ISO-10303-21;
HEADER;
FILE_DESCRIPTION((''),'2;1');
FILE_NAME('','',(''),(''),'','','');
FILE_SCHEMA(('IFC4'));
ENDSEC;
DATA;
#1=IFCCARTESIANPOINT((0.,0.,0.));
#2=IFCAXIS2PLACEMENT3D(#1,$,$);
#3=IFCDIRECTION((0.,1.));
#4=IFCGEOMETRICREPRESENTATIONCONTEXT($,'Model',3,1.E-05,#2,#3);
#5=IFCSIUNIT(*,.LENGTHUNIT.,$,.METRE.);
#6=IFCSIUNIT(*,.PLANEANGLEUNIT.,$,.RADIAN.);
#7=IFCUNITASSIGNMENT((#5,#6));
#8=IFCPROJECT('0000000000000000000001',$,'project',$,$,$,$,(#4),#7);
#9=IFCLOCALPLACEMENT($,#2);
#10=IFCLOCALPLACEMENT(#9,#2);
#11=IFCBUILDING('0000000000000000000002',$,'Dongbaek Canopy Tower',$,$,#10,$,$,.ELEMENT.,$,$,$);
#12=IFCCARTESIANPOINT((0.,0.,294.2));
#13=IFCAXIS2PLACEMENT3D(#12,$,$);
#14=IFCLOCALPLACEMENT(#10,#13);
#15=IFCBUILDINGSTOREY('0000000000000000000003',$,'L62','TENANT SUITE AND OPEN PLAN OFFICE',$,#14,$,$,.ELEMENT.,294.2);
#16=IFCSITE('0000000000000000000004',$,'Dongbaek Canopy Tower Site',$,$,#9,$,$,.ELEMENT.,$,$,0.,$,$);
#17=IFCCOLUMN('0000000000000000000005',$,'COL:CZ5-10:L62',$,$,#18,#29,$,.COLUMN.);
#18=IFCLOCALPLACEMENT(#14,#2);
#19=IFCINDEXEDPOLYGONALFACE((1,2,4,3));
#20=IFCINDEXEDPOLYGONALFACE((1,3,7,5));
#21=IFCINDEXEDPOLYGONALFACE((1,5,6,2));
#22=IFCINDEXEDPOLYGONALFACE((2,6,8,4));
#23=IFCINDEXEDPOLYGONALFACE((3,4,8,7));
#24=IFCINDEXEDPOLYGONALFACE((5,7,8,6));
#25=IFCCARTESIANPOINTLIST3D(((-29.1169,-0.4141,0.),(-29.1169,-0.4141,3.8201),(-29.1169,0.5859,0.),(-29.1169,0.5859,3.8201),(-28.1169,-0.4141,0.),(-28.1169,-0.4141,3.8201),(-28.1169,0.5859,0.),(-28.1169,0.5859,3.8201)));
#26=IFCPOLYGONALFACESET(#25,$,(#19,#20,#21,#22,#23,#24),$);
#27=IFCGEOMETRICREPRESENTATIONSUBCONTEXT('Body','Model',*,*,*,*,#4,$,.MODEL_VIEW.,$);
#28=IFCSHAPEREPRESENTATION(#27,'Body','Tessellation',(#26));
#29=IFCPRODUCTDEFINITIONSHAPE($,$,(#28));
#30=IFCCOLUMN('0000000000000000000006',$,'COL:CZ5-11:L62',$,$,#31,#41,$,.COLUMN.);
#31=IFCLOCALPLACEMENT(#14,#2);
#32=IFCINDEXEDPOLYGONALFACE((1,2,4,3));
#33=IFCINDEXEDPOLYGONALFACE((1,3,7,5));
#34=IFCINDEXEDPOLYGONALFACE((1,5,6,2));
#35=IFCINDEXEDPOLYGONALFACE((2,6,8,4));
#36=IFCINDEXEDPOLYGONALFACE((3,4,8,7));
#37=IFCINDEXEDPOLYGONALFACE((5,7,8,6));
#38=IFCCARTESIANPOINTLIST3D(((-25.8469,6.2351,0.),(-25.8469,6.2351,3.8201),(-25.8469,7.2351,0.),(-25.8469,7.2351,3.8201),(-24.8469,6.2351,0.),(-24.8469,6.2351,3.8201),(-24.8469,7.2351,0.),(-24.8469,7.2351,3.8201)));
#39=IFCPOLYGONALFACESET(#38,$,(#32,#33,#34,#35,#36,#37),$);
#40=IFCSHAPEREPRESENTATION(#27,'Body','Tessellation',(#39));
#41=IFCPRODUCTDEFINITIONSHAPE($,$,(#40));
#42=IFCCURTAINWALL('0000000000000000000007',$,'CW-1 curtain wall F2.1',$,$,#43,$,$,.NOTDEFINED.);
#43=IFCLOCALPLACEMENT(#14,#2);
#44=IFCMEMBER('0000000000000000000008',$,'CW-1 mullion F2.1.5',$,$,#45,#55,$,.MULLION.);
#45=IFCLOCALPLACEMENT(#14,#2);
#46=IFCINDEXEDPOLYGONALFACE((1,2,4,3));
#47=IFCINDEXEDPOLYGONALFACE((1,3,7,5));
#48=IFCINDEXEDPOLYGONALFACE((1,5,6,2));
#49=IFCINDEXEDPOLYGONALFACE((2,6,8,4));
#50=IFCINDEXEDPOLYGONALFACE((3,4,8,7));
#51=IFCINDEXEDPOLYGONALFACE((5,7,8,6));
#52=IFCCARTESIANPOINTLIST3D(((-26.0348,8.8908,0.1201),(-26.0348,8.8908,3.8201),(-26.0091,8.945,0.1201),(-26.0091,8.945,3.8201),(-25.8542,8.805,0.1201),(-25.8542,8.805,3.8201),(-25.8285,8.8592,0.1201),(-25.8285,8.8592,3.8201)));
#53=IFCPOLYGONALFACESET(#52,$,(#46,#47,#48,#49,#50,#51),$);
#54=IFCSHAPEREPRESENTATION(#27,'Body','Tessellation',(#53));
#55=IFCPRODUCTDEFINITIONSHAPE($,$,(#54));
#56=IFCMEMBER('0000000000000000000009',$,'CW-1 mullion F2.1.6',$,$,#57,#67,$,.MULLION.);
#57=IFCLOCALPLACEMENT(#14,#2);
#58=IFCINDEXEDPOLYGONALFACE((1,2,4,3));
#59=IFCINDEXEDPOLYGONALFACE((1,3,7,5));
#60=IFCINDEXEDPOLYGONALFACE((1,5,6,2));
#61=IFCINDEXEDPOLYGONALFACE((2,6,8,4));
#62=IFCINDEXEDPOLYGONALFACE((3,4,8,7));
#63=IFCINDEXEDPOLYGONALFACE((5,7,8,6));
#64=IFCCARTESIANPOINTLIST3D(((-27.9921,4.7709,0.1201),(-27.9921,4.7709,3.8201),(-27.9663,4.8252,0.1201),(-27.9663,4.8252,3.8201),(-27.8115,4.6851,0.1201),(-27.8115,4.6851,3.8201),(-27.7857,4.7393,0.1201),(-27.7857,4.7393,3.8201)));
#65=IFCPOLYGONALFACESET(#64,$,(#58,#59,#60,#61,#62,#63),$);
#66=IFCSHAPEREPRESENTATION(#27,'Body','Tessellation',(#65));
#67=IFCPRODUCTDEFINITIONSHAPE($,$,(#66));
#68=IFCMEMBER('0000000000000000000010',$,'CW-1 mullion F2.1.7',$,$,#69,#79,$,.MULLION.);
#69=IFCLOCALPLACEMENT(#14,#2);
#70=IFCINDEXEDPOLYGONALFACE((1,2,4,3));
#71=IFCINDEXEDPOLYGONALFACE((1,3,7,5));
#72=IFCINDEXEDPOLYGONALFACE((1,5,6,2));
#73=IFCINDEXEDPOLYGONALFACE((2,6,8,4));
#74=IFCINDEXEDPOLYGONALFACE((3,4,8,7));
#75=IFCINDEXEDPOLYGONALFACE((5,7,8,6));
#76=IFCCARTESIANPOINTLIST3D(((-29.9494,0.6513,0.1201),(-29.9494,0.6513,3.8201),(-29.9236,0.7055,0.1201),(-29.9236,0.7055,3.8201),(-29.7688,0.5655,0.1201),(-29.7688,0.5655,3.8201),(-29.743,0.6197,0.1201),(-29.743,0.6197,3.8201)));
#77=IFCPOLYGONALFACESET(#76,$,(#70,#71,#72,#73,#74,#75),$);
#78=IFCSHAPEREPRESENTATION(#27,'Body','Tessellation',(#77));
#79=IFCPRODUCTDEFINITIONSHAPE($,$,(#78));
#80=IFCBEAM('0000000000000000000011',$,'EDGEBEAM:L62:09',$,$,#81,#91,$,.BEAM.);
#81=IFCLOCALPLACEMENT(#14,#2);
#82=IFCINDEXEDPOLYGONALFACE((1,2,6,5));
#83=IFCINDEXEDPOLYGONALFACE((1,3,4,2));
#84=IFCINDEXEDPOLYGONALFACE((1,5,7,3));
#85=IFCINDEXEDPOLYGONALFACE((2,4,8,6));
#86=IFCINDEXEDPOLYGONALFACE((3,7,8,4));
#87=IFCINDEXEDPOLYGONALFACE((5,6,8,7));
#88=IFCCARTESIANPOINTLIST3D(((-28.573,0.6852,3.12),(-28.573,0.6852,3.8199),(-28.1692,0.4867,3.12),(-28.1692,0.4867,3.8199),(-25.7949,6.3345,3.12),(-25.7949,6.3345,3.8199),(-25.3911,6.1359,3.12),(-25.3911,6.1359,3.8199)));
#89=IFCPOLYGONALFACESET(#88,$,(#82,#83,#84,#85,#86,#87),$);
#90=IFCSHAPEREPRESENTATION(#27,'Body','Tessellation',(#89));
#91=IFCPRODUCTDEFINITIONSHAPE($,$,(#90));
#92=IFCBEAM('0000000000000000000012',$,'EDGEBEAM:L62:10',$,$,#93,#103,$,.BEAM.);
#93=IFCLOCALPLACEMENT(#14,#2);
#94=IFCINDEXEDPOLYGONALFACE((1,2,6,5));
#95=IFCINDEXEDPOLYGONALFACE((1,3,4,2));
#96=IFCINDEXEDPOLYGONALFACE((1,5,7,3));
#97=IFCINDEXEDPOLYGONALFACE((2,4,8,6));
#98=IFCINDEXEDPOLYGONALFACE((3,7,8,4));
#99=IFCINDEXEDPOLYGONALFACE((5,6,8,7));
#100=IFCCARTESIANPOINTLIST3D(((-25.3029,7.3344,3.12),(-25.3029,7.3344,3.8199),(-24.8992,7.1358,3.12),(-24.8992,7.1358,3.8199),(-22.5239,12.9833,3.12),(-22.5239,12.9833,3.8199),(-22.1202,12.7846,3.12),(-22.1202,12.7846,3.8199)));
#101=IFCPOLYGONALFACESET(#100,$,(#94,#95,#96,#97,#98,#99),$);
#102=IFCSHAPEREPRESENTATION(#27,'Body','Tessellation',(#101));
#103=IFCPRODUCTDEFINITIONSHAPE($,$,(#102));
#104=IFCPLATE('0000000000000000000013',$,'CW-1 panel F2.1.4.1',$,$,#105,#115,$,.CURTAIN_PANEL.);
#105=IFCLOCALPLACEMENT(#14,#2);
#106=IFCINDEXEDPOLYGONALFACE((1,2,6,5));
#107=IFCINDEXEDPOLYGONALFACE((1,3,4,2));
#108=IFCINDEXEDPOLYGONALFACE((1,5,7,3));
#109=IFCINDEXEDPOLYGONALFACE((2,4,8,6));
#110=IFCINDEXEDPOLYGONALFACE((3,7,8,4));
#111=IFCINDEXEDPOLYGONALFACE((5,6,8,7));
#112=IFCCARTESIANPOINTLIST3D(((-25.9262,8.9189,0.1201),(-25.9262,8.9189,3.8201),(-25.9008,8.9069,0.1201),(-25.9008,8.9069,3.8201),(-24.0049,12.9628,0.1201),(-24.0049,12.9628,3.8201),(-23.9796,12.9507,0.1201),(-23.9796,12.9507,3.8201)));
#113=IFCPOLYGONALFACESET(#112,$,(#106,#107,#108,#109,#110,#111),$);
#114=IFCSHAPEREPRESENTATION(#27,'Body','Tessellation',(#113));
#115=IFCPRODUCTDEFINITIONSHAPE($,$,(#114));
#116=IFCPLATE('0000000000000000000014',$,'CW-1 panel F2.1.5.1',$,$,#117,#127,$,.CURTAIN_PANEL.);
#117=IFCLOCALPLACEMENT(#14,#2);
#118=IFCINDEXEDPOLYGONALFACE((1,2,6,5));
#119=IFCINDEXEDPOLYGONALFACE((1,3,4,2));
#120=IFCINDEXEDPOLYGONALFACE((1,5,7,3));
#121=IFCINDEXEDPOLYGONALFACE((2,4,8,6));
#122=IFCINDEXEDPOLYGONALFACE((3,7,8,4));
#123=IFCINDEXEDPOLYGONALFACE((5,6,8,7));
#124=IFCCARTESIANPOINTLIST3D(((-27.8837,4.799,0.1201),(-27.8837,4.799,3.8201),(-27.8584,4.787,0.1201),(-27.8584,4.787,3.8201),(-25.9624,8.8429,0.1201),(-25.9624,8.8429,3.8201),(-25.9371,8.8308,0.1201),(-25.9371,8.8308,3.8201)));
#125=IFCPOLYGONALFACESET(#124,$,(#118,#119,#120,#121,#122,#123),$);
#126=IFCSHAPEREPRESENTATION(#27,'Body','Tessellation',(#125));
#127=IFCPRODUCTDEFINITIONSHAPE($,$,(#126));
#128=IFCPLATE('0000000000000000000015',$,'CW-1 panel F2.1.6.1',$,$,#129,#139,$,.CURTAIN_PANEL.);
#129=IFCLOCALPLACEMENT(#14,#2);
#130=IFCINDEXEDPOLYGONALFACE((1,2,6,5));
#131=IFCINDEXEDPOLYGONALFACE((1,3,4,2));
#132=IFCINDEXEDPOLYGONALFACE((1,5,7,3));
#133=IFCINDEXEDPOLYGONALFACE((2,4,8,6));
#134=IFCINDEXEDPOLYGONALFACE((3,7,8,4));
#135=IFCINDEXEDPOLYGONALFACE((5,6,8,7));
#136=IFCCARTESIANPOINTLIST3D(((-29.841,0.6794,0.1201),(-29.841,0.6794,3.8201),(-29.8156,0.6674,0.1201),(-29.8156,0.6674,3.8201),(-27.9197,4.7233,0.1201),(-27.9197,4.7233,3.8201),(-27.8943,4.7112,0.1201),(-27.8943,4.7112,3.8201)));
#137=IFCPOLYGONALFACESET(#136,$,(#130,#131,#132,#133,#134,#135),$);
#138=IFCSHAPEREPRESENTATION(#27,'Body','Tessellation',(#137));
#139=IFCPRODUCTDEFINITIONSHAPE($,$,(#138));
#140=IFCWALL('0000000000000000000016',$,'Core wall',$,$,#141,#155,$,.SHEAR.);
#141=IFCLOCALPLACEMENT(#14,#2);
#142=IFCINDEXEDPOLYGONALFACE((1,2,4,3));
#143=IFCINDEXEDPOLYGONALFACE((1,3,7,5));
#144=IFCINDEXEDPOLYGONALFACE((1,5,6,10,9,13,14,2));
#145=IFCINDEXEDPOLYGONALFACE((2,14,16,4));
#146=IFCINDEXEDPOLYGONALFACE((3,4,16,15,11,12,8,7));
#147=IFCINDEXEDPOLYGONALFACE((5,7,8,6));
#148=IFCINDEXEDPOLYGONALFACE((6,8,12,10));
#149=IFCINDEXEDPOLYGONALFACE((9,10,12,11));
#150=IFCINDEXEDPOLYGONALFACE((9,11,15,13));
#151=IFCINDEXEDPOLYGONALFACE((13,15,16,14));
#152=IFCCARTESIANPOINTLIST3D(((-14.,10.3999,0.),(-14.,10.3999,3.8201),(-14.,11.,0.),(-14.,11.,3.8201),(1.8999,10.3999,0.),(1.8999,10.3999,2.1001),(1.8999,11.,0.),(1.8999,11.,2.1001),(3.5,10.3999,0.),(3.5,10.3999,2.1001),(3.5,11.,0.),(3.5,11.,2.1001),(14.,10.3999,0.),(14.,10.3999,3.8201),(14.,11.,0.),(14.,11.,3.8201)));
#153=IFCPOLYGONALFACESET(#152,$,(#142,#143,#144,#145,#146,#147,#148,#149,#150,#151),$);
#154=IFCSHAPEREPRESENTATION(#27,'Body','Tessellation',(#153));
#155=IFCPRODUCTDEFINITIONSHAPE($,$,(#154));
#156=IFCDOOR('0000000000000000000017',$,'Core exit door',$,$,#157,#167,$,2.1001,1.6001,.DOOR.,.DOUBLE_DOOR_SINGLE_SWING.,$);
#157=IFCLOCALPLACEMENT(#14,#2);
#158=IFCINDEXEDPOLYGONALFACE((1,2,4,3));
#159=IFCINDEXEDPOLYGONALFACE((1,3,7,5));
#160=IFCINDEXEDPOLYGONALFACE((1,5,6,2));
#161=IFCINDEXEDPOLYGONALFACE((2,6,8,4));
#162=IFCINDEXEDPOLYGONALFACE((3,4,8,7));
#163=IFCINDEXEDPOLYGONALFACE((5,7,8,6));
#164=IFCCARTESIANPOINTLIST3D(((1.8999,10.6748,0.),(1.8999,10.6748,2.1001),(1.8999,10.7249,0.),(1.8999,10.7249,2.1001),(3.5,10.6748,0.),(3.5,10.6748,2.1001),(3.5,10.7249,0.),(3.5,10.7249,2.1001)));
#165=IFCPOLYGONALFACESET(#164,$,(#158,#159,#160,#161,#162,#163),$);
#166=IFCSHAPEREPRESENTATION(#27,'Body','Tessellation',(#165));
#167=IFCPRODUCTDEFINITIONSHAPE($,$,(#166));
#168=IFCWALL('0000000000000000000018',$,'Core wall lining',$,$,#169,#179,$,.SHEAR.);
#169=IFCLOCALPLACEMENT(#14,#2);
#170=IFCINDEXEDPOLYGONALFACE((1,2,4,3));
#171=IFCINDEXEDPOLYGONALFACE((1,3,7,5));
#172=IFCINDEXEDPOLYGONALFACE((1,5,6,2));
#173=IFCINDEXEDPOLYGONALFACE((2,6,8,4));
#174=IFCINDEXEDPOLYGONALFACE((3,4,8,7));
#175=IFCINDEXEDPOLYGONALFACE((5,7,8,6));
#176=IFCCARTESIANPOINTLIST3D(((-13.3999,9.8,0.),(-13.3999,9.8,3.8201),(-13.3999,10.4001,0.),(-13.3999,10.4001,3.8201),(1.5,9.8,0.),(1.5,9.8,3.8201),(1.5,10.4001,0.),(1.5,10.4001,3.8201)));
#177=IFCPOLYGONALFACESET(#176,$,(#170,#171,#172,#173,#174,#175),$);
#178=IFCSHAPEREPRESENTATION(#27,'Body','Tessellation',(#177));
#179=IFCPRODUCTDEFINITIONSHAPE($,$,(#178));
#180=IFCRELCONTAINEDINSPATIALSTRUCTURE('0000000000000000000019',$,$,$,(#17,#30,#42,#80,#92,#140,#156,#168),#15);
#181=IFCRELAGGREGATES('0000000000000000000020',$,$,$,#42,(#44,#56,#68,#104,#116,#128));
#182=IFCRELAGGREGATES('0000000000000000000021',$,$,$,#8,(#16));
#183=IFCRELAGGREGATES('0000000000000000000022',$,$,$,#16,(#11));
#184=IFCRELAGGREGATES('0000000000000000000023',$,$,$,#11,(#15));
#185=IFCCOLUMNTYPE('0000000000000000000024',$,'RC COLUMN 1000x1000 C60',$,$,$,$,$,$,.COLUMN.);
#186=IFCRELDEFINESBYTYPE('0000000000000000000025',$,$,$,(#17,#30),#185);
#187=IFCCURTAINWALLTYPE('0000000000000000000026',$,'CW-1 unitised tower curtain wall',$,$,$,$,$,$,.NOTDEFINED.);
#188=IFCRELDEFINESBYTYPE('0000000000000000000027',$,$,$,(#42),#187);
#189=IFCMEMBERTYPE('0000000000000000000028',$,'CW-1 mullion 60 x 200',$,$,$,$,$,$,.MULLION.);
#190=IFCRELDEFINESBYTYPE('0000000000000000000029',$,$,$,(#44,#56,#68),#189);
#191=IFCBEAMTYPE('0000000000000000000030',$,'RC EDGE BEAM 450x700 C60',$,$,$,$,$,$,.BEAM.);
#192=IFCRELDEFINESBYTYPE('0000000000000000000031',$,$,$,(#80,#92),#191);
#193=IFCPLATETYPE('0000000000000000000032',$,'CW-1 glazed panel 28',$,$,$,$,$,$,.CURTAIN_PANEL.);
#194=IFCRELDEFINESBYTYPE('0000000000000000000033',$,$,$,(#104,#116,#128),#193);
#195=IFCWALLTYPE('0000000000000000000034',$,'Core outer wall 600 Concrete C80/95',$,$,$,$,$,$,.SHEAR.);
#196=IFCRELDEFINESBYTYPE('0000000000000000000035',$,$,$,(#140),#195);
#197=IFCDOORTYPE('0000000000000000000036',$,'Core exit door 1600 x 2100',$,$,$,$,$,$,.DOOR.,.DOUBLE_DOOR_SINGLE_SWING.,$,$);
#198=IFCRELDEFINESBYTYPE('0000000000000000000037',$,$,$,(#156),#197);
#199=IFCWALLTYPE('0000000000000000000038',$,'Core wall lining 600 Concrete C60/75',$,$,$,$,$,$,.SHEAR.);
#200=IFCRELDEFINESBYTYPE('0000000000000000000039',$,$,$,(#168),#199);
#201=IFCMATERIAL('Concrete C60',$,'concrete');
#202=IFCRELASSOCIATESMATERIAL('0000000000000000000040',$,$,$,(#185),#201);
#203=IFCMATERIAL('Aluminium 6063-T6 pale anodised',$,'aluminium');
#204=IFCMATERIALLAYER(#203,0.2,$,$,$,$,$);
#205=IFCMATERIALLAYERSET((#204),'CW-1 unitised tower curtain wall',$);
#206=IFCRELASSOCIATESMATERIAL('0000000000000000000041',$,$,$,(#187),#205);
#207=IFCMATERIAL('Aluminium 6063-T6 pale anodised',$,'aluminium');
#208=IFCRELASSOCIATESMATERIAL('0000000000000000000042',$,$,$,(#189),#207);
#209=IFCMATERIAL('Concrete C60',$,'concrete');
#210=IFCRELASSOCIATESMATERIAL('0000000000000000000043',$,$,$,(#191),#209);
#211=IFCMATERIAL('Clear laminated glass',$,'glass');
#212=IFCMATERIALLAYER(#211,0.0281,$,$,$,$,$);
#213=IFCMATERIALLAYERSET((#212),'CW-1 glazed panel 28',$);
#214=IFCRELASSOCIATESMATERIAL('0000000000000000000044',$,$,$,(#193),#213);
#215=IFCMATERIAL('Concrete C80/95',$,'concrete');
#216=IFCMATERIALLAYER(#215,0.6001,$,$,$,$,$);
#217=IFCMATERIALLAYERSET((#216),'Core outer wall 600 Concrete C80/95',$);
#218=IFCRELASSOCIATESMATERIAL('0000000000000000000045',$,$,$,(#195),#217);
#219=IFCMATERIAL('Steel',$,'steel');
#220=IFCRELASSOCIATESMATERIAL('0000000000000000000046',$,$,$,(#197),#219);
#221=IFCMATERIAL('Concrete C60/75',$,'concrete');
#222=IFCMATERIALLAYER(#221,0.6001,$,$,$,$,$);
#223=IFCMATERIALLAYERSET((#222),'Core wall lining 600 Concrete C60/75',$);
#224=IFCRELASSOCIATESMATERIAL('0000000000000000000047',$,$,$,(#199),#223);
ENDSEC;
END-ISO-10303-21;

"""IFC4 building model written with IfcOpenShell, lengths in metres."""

from ifc_helpers import new_model, si_unit, direction, frame, frame_2d, origin, origin_2d, place, context, subcontext, project, spatial, rectangle, extrude, material, layer, layer_set, material_profile, profile_set, type_object, element, fill, aggregate, save


model = new_model("IFC4")

# Units and contexts
model_context = context("Model", 3, precision=1e-05, world=origin(), true_north=direction((0.0, 1.0)))
body_context = subcontext(model_context, "Body", "Model", "MODEL_VIEW")
ifc_project = project(units=[si_unit("LENGTHUNIT", "METRE"), si_unit("PLANEANGLEUNIT", "RADIAN")], contexts=[model_context])

# Site, building, storey
site_placement = place(None, origin())
site = spatial("IfcSite", under=ifc_project, at=site_placement, Name="Dongbaek Canopy Tower Site", CompositionType="ELEMENT", RefElevation=0.0)
building_placement = place(site_placement, origin())
building = spatial("IfcBuilding", under=site, at=building_placement, Name="Dongbaek Canopy Tower", CompositionType="ELEMENT")
storey_placement = place(building_placement, frame((0.0, 0.0, 294.2)))
storey = spatial("IfcBuildingStorey", under=building, at=storey_placement, Name="L62", Description="TENANT SUITE AND OPEN PLAN OFFICE", CompositionType="ELEMENT", Elevation=294.2)

# Columns
ifc_material_1 = material(Name="Concrete C60", Category="concrete")
ifc_material_profile_1 = material_profile(ifc_material_1, rectangle(XDim=1.0, YDim=1.0, at=origin_2d()), Name="RC COLUMN 1000x1000 C60")
ifc_profile_set_1 = profile_set([ifc_material_profile_1], Name="Concrete C60")
column_type = type_object("IfcColumnType", Name="RC COLUMN 1000x1000 C60", PredefinedType="COLUMN", material=ifc_profile_set_1)
for number, where, z_axis, x_axis, name in (
    (1, (-28.6169, 0.0859, 0.0), (0.0, 0.0, 1.0), (1.0, 0.0, 0.0), "COL:CZ5-10:L62"),
    (2, (-25.3469, 6.7351, 0.0), (0.0, 0.0, 1.0), (1.0, 0.0, 0.0), "COL:CZ5-11:L62"),
):
    element("IfcColumn", number, at=place(storey_placement, frame(where, z_axis=z_axis, x_axis=x_axis)), inside=storey, type_object=column_type, Name=name, PredefinedType="COLUMN", context=body_context, shape_type="SweptSolid", body=[
        extrude(rectangle(XDim=1.0, YDim=1.0, at=origin_2d()), origin(), (0.0, 0.0, 1.0), 3.8201),
    ])

# Curtain wall, members
ifc_material_2 = material(Name="Aluminium 6063-T6 pale anodised", Category="aluminium")
ifc_layer_1 = layer(ifc_material_2, 0.2)
ifc_layer_set_1 = layer_set([ifc_layer_1], Name="CW-1 unitised tower curtain wall")
curtain_wall_type = type_object("IfcCurtainWallType", Name="CW-1 unitised tower curtain wall", PredefinedType="NOTDEFINED", material=ifc_layer_set_1)
curtain_wall_placement = place(storey_placement, origin())
curtain_wall = element("IfcCurtainWall", 3, at=curtain_wall_placement, inside=storey, type_object=curtain_wall_type, Name="CW-1 curtain wall F2.1", PredefinedType="NOTDEFINED")
ifc_material_3 = material(Name="Aluminium 6063-T6 pale anodised", Category="aluminium")
ifc_material_profile_2 = material_profile(ifc_material_3, rectangle(XDim=0.2, YDim=0.0601, at=origin_2d()), Name="CW-1 mullion 60 x 200")
ifc_profile_set_2 = profile_set([ifc_material_profile_2], Name="Aluminium 6063-T6 pale anodised")
member_type = type_object("IfcMemberType", Name="CW-1 mullion 60 x 200", PredefinedType="MULLION", material=ifc_profile_set_2)
member_1_placement = place(storey_placement, frame((-25.9316, 8.875, 0.1201), z_axis=(0.0, 0.0, 1.0), x_axis=(-0.903236, 0.429143, 0.0)))
member_1 = element("IfcMember", 4, at=member_1_placement, type_object=member_type, Name="CW-1 mullion F2.1.5", PredefinedType="MULLION", context=body_context, shape_type="SweptSolid", body=[
    extrude(rectangle(XDim=0.2, YDim=0.0601, at=origin_2d()), origin(), (0.0, 0.0, 1.0), 3.7),
])
member_2_placement = place(storey_placement, frame((-27.8889, 4.7551, 0.1201), z_axis=(0.0, 0.0, 1.0), x_axis=(-0.903236, 0.429143, 0.0)))
member_2 = element("IfcMember", 5, at=member_2_placement, type_object=member_type, Name="CW-1 mullion F2.1.6", PredefinedType="MULLION", context=body_context, shape_type="SweptSolid", body=[
    extrude(rectangle(XDim=0.2, YDim=0.0601, at=origin_2d()), origin(), (0.0, 0.0, 1.0), 3.7),
])
member_3_placement = place(storey_placement, frame((-29.8462, 0.6355, 0.1201), z_axis=(0.0, 0.0, 1.0), x_axis=(-0.903236, 0.429143, 0.0)))
member_3 = element("IfcMember", 6, at=member_3_placement, type_object=member_type, Name="CW-1 mullion F2.1.7", PredefinedType="MULLION", context=body_context, shape_type="SweptSolid", body=[
    extrude(rectangle(XDim=0.2, YDim=0.0601, at=origin_2d()), origin(), (0.0, 0.0, 1.0), 3.7),
])

# Beams
ifc_material_4 = material(Name="Concrete C60", Category="concrete")
ifc_material_profile_3 = material_profile(ifc_material_4, rectangle(XDim=0.45, YDim=0.7, at=origin_2d()), Name="RC EDGE BEAM 450x700 C60")
ifc_profile_set_3 = profile_set([ifc_material_profile_3], Name="Concrete C60")
beam_type = type_object("IfcBeamType", Name="RC EDGE BEAM 450x700 C60", PredefinedType="BEAM", material=ifc_profile_set_3)
for number, where, z_axis, x_axis, name in (
    (7, (-28.3711, 0.5859, 3.47), (0.441294, 0.897363, 0.0), (-0.897363, 0.441294, 0.0), "EDGEBEAM:L62:09"),
    (8, (-25.1011, 7.2351, 3.47), (0.441434, 0.897294, 0.0), (-0.897294, 0.441434, 0.0), "EDGEBEAM:L62:10"),
):
    element("IfcBeam", number, at=place(storey_placement, frame(where, z_axis=z_axis, x_axis=x_axis)), inside=storey, type_object=beam_type, Name=name, PredefinedType="BEAM", context=body_context, shape_type="SweptSolid", body=[
        extrude(rectangle(XDim=0.45, YDim=0.7, at=origin_2d()), origin(), (0.0, 0.0, 1.0), 6.2954),
    ])

# Plates
ifc_material_5 = material(Name="Clear laminated glass", Category="glass")
ifc_layer_2 = layer(ifc_material_5, 0.0281)
ifc_layer_set_2 = layer_set([ifc_layer_2], Name="CW-1 glazed panel 28")
plate_type = type_object("IfcPlateType", Name="CW-1 glazed panel 28", PredefinedType="CURTAIN_PANEL", material=ifc_layer_set_2)
plate_1_placement = place(storey_placement, frame((-24.9529, 10.9348, 0.1201), z_axis=(0.0, 0.0, 1.0), x_axis=(-0.429143, -0.903236, 0.0)))
plate_1 = element("IfcPlate", 9, at=plate_1_placement, type_object=plate_type, Name="CW-1 panel F2.1.4.1", PredefinedType="CURTAIN_PANEL", context=body_context, shape_type="SweptSolid", body=[
    extrude(rectangle(XDim=4.4771, YDim=0.0281, at=origin_2d()), origin(), (0.0, 0.0, 1.0), 3.7),
])
plate_2_placement = place(storey_placement, frame((-26.9104, 6.8149, 0.1201), z_axis=(0.0, 0.0, 1.0), x_axis=(-0.429143, -0.903236, 0.0)))
plate_2 = element("IfcPlate", 10, at=plate_2_placement, type_object=plate_type, Name="CW-1 panel F2.1.5.1", PredefinedType="CURTAIN_PANEL", context=body_context, shape_type="SweptSolid", body=[
    extrude(rectangle(XDim=4.4771, YDim=0.0281, at=origin_2d()), origin(), (0.0, 0.0, 1.0), 3.7),
])
plate_3_placement = place(storey_placement, frame((-28.8677, 2.6953, 0.1201), z_axis=(0.0, 0.0, 1.0), x_axis=(-0.429143, -0.903236, 0.0)))
plate_3 = element("IfcPlate", 11, at=plate_3_placement, type_object=plate_type, Name="CW-1 panel F2.1.6.1", PredefinedType="CURTAIN_PANEL", context=body_context, shape_type="SweptSolid", body=[
    extrude(rectangle(XDim=4.4771, YDim=0.0281, at=origin_2d()), origin(), (0.0, 0.0, 1.0), 3.7),
])

# Wall, opening, door
ifc_material_6 = material(Name="Concrete C80/95", Category="concrete")
ifc_layer_3 = layer(ifc_material_6, 0.6001)
ifc_layer_set_3 = layer_set([ifc_layer_3], Name="Core outer wall 600 Concrete C80/95")
wall_type_1 = type_object("IfcWallType", Name="Core outer wall 600 Concrete C80/95", PredefinedType="SHEAR", material=ifc_layer_set_3)
wall_1_placement = place(storey_placement, frame((-14.0, 10.7, 0.0), z_axis=(0.0, 0.0, 1.0), x_axis=(1.0, 0.0, 0.0)))
wall_1 = element("IfcWall", 12, at=wall_1_placement, inside=storey, type_object=wall_type_1, Name="Core wall", PredefinedType="SHEAR", context=body_context, shape_type="SweptSolid", body=[
    extrude(rectangle(XDim=28.0, YDim=0.6001, at=frame_2d((14.0, 0.0))), origin(), (0.0, 0.0, 1.0), 3.8201),
])
opening_placement = place(wall_1_placement, frame((15.8999, 0.0, 0.0)))
opening = element("IfcOpeningElement", 13, at=opening_placement, cuts=wall_1, PredefinedType="OPENING", context=body_context, shape_type="SweptSolid", body=[
    extrude(rectangle(XDim=1.6001, YDim=2.1001, at=frame_2d((0.8, 1.05))), frame((0.0, 0.3101, 0.0), z_axis=(0.0, -1.0, 0.0), x_axis=(1.0, 0.0, 0.0)), (0.0, 0.0, 1.0), 0.6201),
])
ifc_material_7 = material(Name="Steel", Category="steel")
door_type = type_object("IfcDoorType", Name="Core exit door 1600 x 2100", OperationType="DOUBLE_DOOR_SINGLE_SWING", PredefinedType="DOOR", material=ifc_material_7)
door_placement = place(opening_placement, origin())
door = element("IfcDoor", 14, at=door_placement, inside=storey, type_object=door_type, Name="Core exit door", OperationType="DOUBLE_DOOR_SINGLE_SWING", OverallHeight=2.1001, OverallWidth=1.6001, PredefinedType="DOOR", context=body_context, shape_type="SweptSolid", body=[
    extrude(rectangle(XDim=1.6001, YDim=2.1001, at=frame_2d((0.8, 1.05))), frame((0.0, 0.0249, 0.0), z_axis=(0.0, -1.0, 0.0), x_axis=(1.0, 0.0, 0.0)), (0.0, 0.0, 1.0), 0.05),
])
fill(opening, door)

# Wall
ifc_material_8 = material(Name="Concrete C60/75", Category="concrete")
ifc_layer_4 = layer(ifc_material_8, 0.6001)
ifc_layer_set_4 = layer_set([ifc_layer_4], Name="Core wall lining 600 Concrete C60/75")
wall_type_2 = type_object("IfcWallType", Name="Core wall lining 600 Concrete C60/75", PredefinedType="SHEAR", material=ifc_layer_set_4)
wall_2_placement = place(storey_placement, frame((-13.3999, 10.1001, 0.0), z_axis=(0.0, 0.0, 1.0), x_axis=(1.0, 0.0, 0.0)))
element("IfcWall", 15, at=wall_2_placement, inside=storey, type_object=wall_type_2, Name="Core wall lining", PredefinedType="SHEAR", context=body_context, shape_type="SweptSolid", body=[
    extrude(rectangle(XDim=14.8999, YDim=0.6001, at=frame_2d((7.45, 0.0))), origin(), (0.0, 0.0, 1.0), 3.8201),
])

aggregate(curtain_wall, [member_1, member_2, member_3, plate_1, plate_2, plate_3])

save(model, "model.ifc")
